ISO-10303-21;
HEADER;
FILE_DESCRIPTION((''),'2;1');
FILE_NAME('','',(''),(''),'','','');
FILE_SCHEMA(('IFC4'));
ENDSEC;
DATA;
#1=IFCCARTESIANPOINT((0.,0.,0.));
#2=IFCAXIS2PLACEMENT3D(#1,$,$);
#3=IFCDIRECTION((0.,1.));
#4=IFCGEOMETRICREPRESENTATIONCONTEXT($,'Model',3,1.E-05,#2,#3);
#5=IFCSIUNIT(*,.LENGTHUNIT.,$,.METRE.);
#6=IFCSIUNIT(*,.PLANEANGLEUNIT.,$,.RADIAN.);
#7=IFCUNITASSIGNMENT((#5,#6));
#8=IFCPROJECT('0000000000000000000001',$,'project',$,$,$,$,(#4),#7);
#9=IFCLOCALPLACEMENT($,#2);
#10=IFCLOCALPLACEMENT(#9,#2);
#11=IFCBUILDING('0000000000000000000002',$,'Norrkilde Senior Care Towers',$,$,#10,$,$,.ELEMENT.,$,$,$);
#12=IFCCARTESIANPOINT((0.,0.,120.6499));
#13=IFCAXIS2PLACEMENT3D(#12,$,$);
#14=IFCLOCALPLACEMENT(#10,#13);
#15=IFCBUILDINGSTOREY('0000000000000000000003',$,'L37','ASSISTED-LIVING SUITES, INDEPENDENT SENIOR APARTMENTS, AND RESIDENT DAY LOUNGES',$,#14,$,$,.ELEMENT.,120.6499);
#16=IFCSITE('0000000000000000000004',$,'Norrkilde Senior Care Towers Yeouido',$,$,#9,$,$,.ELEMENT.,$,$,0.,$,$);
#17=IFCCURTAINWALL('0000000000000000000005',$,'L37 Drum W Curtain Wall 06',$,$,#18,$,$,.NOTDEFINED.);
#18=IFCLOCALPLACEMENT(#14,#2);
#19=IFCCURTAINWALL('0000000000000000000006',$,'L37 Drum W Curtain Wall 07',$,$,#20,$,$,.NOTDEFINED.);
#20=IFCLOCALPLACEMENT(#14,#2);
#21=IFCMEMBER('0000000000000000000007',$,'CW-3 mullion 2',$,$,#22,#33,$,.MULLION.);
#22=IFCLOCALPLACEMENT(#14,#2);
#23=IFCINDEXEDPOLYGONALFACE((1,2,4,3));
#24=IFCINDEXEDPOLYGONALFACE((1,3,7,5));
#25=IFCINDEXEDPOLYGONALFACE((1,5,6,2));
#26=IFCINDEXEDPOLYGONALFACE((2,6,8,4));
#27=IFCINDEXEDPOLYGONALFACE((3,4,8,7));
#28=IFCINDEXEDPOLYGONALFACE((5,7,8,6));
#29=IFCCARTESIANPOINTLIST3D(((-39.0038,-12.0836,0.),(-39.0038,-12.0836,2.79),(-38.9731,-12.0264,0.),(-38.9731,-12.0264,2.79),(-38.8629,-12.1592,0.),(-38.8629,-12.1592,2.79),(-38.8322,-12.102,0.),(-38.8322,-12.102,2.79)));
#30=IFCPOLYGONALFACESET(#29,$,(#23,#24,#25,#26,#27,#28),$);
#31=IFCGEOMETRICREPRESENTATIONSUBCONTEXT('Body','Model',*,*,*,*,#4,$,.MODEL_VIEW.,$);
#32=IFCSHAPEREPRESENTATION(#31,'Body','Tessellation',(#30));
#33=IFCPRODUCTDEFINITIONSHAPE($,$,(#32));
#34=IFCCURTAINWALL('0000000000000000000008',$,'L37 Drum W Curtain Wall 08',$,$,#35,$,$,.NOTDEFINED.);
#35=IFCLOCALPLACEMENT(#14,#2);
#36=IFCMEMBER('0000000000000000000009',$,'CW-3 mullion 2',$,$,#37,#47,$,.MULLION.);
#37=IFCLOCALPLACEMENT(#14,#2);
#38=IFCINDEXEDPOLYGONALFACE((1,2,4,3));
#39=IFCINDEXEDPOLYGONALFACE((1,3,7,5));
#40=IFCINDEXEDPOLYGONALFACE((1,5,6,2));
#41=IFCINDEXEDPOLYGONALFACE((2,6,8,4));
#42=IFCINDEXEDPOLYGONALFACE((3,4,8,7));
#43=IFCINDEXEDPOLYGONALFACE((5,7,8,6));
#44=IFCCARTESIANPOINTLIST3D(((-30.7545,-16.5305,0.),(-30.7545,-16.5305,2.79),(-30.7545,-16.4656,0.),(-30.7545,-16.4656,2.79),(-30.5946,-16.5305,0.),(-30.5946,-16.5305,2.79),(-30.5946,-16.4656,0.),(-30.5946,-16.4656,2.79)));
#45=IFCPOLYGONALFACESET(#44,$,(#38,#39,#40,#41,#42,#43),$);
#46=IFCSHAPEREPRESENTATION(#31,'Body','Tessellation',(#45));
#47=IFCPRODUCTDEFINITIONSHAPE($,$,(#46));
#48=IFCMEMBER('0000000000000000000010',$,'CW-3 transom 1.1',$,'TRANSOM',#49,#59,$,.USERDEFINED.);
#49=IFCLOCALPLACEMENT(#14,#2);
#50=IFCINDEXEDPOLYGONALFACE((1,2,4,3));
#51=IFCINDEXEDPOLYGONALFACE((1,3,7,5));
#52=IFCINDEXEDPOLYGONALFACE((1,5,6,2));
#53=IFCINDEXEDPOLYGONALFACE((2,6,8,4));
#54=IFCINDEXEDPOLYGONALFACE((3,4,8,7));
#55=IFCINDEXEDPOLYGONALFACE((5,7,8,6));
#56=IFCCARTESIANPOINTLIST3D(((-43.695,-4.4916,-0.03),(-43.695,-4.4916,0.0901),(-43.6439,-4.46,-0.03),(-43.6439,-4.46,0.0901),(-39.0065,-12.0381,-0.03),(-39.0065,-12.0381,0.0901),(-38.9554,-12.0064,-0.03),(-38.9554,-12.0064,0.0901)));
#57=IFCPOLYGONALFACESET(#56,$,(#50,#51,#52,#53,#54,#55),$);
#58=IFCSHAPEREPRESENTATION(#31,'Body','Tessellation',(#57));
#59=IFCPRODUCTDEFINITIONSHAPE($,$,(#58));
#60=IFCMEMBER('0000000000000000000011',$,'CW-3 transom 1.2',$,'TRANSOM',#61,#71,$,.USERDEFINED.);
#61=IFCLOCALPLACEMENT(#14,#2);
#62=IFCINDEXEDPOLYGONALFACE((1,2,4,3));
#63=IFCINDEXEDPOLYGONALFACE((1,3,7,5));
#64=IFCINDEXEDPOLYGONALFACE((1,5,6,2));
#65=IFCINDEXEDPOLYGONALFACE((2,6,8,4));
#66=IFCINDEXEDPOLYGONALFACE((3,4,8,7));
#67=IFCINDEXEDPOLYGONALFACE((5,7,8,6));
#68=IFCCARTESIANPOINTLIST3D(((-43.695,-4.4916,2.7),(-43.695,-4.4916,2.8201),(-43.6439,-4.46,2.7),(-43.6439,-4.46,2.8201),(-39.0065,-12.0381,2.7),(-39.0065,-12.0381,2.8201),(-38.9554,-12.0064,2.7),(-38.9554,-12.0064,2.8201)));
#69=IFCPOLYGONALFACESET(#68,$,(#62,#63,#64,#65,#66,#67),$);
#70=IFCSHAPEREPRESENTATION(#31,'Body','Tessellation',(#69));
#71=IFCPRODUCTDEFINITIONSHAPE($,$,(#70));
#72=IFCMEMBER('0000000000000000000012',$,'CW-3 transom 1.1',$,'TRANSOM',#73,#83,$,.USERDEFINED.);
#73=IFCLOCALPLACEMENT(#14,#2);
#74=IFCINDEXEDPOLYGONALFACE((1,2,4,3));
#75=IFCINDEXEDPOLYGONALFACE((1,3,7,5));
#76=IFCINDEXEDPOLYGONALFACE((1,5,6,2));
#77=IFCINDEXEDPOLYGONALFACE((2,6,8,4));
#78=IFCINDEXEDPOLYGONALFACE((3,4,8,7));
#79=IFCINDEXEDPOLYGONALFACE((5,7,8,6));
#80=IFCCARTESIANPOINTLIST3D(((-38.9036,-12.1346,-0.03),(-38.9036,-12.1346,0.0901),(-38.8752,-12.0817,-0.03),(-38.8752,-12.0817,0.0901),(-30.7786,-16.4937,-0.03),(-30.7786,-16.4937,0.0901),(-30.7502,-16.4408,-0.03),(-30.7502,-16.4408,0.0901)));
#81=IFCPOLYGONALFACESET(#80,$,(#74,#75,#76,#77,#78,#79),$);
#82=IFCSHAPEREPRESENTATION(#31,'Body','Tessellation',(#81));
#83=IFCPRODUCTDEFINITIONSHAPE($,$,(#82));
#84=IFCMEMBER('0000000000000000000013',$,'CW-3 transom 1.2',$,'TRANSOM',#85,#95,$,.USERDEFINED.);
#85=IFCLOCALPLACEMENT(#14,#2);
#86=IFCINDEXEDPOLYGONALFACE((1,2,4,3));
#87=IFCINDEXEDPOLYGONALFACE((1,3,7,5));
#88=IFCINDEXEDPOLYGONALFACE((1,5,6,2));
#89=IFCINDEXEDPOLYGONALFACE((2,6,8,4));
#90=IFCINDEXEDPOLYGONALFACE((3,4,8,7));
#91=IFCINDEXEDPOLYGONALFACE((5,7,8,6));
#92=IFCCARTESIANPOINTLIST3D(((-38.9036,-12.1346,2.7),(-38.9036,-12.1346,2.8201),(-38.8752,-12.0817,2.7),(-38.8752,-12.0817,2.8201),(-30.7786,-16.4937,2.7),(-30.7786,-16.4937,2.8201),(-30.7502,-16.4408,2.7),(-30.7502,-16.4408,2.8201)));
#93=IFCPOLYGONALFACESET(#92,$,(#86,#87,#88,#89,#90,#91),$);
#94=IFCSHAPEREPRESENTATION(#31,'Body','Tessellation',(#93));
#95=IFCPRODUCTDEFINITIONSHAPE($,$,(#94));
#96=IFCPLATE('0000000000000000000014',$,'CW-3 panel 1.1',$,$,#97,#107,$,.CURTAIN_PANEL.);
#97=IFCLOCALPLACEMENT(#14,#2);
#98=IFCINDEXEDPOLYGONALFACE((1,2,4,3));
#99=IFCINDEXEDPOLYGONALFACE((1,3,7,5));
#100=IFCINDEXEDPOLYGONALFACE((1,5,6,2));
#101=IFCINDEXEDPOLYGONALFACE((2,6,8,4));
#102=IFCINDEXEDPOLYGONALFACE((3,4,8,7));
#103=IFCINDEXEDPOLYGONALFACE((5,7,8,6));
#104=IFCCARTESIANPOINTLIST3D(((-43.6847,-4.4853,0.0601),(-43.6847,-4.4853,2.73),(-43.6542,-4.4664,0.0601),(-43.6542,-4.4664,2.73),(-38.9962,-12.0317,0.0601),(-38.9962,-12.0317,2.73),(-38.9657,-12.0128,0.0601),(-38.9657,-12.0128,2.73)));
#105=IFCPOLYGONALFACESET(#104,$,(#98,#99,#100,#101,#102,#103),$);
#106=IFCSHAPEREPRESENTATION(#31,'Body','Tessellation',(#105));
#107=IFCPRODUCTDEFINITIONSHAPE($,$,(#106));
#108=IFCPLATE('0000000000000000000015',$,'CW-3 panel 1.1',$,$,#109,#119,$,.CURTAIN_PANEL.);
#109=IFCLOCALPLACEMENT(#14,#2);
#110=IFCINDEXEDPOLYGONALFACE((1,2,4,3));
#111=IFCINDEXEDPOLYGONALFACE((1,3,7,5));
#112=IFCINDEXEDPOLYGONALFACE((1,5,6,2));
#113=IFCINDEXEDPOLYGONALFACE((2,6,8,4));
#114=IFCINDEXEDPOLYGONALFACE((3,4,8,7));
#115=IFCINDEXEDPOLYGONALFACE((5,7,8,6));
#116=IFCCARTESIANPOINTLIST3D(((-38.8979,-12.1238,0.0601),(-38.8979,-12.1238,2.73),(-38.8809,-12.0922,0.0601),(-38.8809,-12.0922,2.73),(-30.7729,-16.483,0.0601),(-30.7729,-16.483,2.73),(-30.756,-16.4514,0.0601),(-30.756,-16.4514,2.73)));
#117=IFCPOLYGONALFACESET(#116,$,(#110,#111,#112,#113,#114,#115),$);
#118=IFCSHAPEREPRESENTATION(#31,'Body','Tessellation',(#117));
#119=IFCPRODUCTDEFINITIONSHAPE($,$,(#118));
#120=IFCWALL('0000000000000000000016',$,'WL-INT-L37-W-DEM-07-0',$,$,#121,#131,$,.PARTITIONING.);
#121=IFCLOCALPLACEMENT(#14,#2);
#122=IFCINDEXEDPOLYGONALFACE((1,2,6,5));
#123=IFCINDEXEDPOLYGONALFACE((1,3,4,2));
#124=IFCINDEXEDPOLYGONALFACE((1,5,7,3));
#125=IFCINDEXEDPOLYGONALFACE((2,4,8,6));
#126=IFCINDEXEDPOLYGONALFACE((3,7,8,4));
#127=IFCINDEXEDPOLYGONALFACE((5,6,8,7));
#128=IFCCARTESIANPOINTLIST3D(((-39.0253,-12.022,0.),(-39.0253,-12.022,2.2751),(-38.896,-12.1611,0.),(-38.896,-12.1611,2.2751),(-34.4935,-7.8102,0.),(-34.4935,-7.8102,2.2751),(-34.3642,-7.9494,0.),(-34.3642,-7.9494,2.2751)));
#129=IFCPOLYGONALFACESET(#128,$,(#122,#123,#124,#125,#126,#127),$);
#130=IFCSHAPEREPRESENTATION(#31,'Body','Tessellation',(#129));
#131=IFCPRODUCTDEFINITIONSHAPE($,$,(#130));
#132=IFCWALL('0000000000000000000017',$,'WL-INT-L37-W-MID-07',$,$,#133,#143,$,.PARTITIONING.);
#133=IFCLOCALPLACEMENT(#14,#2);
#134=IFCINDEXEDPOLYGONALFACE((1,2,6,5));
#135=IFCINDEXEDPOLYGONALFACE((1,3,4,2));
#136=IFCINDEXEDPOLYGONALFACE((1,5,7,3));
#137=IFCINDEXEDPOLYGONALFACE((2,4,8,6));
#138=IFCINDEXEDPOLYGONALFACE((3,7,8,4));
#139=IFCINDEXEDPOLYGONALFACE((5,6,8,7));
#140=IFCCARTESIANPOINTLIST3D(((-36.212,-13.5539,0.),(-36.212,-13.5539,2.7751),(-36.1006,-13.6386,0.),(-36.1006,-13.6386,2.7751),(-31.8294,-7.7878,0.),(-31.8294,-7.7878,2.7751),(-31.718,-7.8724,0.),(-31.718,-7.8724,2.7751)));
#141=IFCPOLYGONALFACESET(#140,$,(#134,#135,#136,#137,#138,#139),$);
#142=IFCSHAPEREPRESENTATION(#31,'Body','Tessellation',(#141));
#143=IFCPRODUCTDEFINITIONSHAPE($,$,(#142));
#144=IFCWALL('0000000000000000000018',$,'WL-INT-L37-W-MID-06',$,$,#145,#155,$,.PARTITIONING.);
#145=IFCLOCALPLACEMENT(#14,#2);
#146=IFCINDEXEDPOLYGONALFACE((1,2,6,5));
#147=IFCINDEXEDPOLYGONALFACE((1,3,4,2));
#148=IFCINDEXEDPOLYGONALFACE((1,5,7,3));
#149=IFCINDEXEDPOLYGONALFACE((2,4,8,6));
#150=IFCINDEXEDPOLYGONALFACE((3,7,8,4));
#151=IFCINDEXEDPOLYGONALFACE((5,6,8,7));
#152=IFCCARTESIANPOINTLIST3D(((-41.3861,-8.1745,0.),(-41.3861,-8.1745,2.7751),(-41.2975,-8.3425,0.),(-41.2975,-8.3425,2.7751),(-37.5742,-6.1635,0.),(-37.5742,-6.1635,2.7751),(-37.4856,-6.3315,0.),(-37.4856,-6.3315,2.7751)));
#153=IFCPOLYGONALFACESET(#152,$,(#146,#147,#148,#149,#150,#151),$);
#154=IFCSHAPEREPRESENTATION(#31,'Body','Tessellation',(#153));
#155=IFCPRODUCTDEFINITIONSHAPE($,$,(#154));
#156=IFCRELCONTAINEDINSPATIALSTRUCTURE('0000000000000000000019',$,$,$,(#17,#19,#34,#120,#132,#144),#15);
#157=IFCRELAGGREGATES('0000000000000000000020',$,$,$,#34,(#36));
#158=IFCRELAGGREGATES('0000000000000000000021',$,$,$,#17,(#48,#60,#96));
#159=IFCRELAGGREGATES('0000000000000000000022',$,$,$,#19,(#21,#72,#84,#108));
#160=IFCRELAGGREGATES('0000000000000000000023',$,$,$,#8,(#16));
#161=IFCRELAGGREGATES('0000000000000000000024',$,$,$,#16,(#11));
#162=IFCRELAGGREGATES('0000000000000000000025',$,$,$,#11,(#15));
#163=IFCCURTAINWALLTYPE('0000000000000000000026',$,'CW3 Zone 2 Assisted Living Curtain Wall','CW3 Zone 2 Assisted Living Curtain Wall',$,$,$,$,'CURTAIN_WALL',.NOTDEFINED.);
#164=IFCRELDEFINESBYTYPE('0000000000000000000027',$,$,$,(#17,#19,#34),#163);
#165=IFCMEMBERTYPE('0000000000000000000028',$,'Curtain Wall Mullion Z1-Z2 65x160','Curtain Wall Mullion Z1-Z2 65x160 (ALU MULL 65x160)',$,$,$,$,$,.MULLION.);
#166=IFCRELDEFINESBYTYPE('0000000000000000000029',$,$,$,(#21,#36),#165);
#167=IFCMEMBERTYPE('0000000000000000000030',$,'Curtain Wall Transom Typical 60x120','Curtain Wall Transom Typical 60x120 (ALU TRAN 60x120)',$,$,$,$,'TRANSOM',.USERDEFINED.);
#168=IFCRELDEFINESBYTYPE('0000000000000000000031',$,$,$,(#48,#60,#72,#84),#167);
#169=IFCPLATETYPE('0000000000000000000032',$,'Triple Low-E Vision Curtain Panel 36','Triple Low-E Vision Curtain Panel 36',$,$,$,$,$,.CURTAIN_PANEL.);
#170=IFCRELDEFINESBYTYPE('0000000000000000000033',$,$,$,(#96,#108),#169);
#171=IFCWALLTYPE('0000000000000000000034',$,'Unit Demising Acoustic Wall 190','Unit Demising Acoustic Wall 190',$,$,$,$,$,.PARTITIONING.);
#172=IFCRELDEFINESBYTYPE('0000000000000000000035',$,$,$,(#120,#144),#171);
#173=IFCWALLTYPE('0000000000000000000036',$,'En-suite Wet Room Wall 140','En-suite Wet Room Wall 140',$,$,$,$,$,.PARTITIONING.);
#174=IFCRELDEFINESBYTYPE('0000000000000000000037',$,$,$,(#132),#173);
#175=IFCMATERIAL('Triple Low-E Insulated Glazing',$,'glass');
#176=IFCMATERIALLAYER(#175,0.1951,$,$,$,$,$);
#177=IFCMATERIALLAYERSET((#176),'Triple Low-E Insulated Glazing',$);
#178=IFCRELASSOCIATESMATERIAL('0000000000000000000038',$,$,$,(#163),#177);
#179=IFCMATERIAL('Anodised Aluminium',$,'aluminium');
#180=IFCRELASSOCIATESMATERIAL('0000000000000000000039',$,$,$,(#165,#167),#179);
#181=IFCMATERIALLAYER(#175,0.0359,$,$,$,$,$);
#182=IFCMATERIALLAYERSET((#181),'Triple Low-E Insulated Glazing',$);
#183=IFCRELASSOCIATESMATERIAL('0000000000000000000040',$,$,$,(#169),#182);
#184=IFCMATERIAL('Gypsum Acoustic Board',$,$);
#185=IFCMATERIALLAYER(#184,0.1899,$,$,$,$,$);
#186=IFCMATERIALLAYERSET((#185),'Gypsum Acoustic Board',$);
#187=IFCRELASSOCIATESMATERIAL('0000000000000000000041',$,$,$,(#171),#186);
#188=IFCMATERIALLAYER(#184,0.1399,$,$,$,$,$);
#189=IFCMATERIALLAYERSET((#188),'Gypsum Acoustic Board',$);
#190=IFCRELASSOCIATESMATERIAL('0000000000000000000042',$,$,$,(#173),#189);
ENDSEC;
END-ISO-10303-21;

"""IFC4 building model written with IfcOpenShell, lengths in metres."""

from ifc_helpers import new_model, si_unit, direction, frame, frame_2d, origin, origin_2d, place, context, subcontext, project, spatial, rectangle, extrude, source, transform, mapped, material, layer, layer_set, material_profile, profile_set, type_object, type_shapes, element, aggregate, save


model = new_model("IFC4")

# Units and contexts
model_context = context("Model", 3, precision=1e-05, world=origin(), true_north=direction((0.0, 1.0)))
body_context = subcontext(model_context, "Body", "Model", "MODEL_VIEW")
ifc_project = project(units=[si_unit("LENGTHUNIT", "METRE"), si_unit("PLANEANGLEUNIT", "RADIAN")], contexts=[model_context])

# Site, building, storey
site_placement = place(None, origin())
site = spatial("IfcSite", under=ifc_project, at=site_placement, Name="Norrkilde Senior Care Towers Yeouido", CompositionType="ELEMENT", RefElevation=0.0)
building_placement = place(site_placement, origin())
building = spatial("IfcBuilding", under=site, at=building_placement, Name="Norrkilde Senior Care Towers", CompositionType="ELEMENT")
storey_placement = place(building_placement, frame((0.0, 0.0, 120.6499)))
storey = spatial("IfcBuildingStorey", under=building, at=storey_placement, Name="L37", Description="ASSISTED-LIVING SUITES, INDEPENDENT SENIOR APARTMENTS, AND RESIDENT DAY LOUNGES", CompositionType="ELEMENT", Elevation=120.6499)

# Curtain wall
ifc_material_1 = material(Name="Triple Low-E Insulated Glazing", Category="glass")
ifc_layer_1 = layer(ifc_material_1, 0.1951)
ifc_layer_set_1 = layer_set([ifc_layer_1], Name="Triple Low-E Insulated Glazing")
curtain_wall_type = type_object("IfcCurtainWallType", Name="CW3 Zone 2 Assisted Living Curtain Wall", Description="CW3 Zone 2 Assisted Living Curtain Wall", ElementType="CURTAIN_WALL", PredefinedType="NOTDEFINED", material=ifc_layer_set_1)
curtain_wall_1_placement = place(storey_placement, origin())
curtain_wall_1 = element("IfcCurtainWall", 1, at=curtain_wall_1_placement, inside=storey, type_object=curtain_wall_type, Name="L37 Drum W Curtain Wall 06", PredefinedType="NOTDEFINED")
ifc_material_2 = material(Name="Anodised Aluminium", Category="aluminium")
ifc_material_profile_1 = material_profile(ifc_material_2, rectangle(XDim=0.0649, YDim=0.1599, at=origin_2d()), Name="ALU MULL 65x160")
ifc_profile_set_1 = profile_set([ifc_material_profile_1], Name="Anodised Aluminium")
member_type_1 = type_object("IfcMemberType", Name="Curtain Wall Mullion Z1-Z2 65x160", Description="Curtain Wall Mullion Z1-Z2 65x160 (ALU MULL 65x160)", PredefinedType="MULLION", material=ifc_profile_set_1)
shared_shape_1 = source(origin(), body_context, "Body", "SweptSolid", [
    extrude(rectangle(XDim=0.0649, YDim=0.1599, at=origin_2d()), origin(), (0.0, 0.0, 1.0), 2.79),
])
type_shapes(member_type_1, [shared_shape_1])

# Curtain wall, member
curtain_wall_2_placement = place(storey_placement, origin())
curtain_wall_2 = element("IfcCurtainWall", 2, at=curtain_wall_2_placement, inside=storey, type_object=curtain_wall_type, Name="L37 Drum W Curtain Wall 07", PredefinedType="NOTDEFINED")
member_1_placement = place(storey_placement, frame((-38.918, -12.0928, 0.0), z_axis=(0.0, 0.0, 1.0), x_axis=(-0.472769, -0.881186, 0.0)))
member_1 = element("IfcMember", 3, at=member_1_placement, type_object=member_type_1, Name="CW-3 mullion 2", PredefinedType="MULLION", context=body_context, shape_type="MappedRepresentation", body=[
    mapped(shared_shape_1, transform((0.0, 0.0, 0.0), x_axis=(1.0, 0.0, 0.0), y_axis=(0.0, 1.0, 0.0), z_axis=(0.0, 0.0, 1.0), scale=1.0)),
])

# Curtain wall, member
curtain_wall_3_placement = place(storey_placement, origin())
curtain_wall_3 = element("IfcCurtainWall", 4, at=curtain_wall_3_placement, inside=storey, type_object=curtain_wall_type, Name="L37 Drum W Curtain Wall 08", PredefinedType="NOTDEFINED")
member_2_placement = place(storey_placement, frame((-30.6746, -16.498, 0.0), z_axis=(0.0, 0.0, 1.0), x_axis=(0.0, -1.0, 0.0)))
member_2 = element("IfcMember", 5, at=member_2_placement, type_object=member_type_1, Name="CW-3 mullion 2", PredefinedType="MULLION", context=body_context, shape_type="MappedRepresentation", body=[
    mapped(shared_shape_1, transform((0.0, 0.0, 0.0), x_axis=(1.0, 0.0, 0.0), y_axis=(0.0, 1.0, 0.0), z_axis=(0.0, 0.0, 1.0), scale=1.0)),
])
aggregate(curtain_wall_3, [member_2])

# Members
ifc_material_profile_2 = material_profile(ifc_material_2, rectangle(XDim=0.0601, YDim=0.1201, at=origin_2d()), Name="ALU TRAN 60x120")
ifc_profile_set_2 = profile_set([ifc_material_profile_2], Name="Anodised Aluminium")
member_type_2 = type_object("IfcMemberType", Name="Curtain Wall Transom Typical 60x120", Description="Curtain Wall Transom Typical 60x120 (ALU TRAN 60x120)", ElementType="TRANSOM", PredefinedType="USERDEFINED", material=ifc_profile_set_2)
shared_shape_2 = source(origin(), body_context, "Body", "SweptSolid", [
    extrude(rectangle(XDim=0.0601, YDim=0.1201, at=origin_2d()), origin(), (0.0, 0.0, 1.0), 8.8843),
])
member_3_placement = place(storey_placement, frame((-38.981, -12.0222, 0.03), z_axis=(-0.527729, 0.849413, 0.0), x_axis=(-0.849413, -0.527729, 0.0)))
member_3 = element("IfcMember", 6, at=member_3_placement, type_object=member_type_2, Name="CW-3 transom 1.1", ObjectType="TRANSOM", PredefinedType="USERDEFINED", context=body_context, shape_type="MappedRepresentation", body=[
    mapped(shared_shape_2, transform((0.0, 0.0, 0.0), x_axis=(1.0, 0.0, 0.0), y_axis=(0.0, 1.0, 0.0), z_axis=(0.0, 0.0, 1.0), scale=1.0)),
])
member_4_placement = place(storey_placement, frame((-38.981, -12.0222, 2.76), z_axis=(-0.527729, 0.849413, 0.0), x_axis=(-0.849413, -0.527729, 0.0)))
member_4 = element("IfcMember", 7, at=member_4_placement, type_object=member_type_2, Name="CW-3 transom 1.2", ObjectType="TRANSOM", PredefinedType="USERDEFINED", context=body_context, shape_type="MappedRepresentation", body=[
    mapped(shared_shape_2, transform((0.0, 0.0, 0.0), x_axis=(1.0, 0.0, 0.0), y_axis=(0.0, 1.0, 0.0), z_axis=(0.0, 0.0, 1.0), scale=1.0)),
])
shared_shape_3 = source(origin(), body_context, "Body", "SweptSolid", [
    extrude(rectangle(XDim=0.0601, YDim=0.1201, at=origin_2d()), origin(), (0.0, 0.0, 1.0), 9.2205),
])
type_shapes(member_type_2, [shared_shape_2, shared_shape_3])
member_5_placement = place(storey_placement, frame((-30.7644, -16.4673, 0.03), z_axis=(-0.881189, 0.472765, 0.0), x_axis=(-0.472765, -0.881189, 0.0)))
member_5 = element("IfcMember", 8, at=member_5_placement, type_object=member_type_2, Name="CW-3 transom 1.1", ObjectType="TRANSOM", PredefinedType="USERDEFINED", context=body_context, shape_type="MappedRepresentation", body=[
    mapped(shared_shape_3, transform((0.0, 0.0, 0.0), x_axis=(1.0, 0.0, 0.0), y_axis=(0.0, 1.0, 0.0), z_axis=(0.0, 0.0, 1.0), scale=1.0)),
])
member_6_placement = place(storey_placement, frame((-30.7644, -16.4673, 2.76), z_axis=(-0.881189, 0.472765, 0.0), x_axis=(-0.472765, -0.881189, 0.0)))
member_6 = element("IfcMember", 9, at=member_6_placement, type_object=member_type_2, Name="CW-3 transom 1.2", ObjectType="TRANSOM", PredefinedType="USERDEFINED", context=body_context, shape_type="MappedRepresentation", body=[
    mapped(shared_shape_3, transform((0.0, 0.0, 0.0), x_axis=(1.0, 0.0, 0.0), y_axis=(0.0, 1.0, 0.0), z_axis=(0.0, 0.0, 1.0), scale=1.0)),
])

# Plates
ifc_layer_2 = layer(ifc_material_1, 0.0359)
ifc_layer_set_2 = layer_set([ifc_layer_2], Name="Triple Low-E Insulated Glazing")
plate_type = type_object("IfcPlateType", Name="Triple Low-E Vision Curtain Panel 36", Description="Triple Low-E Vision Curtain Panel 36", PredefinedType="CURTAIN_PANEL", material=ifc_layer_set_2)
shared_shape_4 = source(origin(), body_context, "Body", "SweptSolid", [
    extrude(rectangle(XDim=8.8843, YDim=0.0359, at=origin_2d()), origin(), (0.0, 0.0, 1.0), 2.6699),
])
plate_1_placement = place(storey_placement, frame((-41.3252, -8.249, 0.0601), z_axis=(0.0, 0.0, 1.0), x_axis=(-0.527733, 0.84941, 0.0)))
plate_1 = element("IfcPlate", 10, at=plate_1_placement, type_object=plate_type, Name="CW-3 panel 1.1", PredefinedType="CURTAIN_PANEL", context=body_context, shape_type="MappedRepresentation", body=[
    mapped(shared_shape_4, transform((0.0, 0.0, 0.0), x_axis=(1.0, 0.0, 0.0), y_axis=(0.0, 1.0, 0.0), z_axis=(0.0, 0.0, 1.0), scale=1.0)),
])
aggregate(curtain_wall_1, [member_3, member_4, plate_1])
shared_shape_5 = source(origin(), body_context, "Body", "SweptSolid", [
    extrude(rectangle(XDim=9.2205, YDim=0.0359, at=origin_2d()), origin(), (0.0, 0.0, 1.0), 2.6699),
])
type_shapes(plate_type, [shared_shape_4, shared_shape_5])
plate_2_placement = place(storey_placement, frame((-34.8269, -14.2876, 0.0601), z_axis=(0.0, 0.0, 1.0), x_axis=(-0.881186, 0.472769, 0.0)))
plate_2 = element("IfcPlate", 11, at=plate_2_placement, type_object=plate_type, Name="CW-3 panel 1.1", PredefinedType="CURTAIN_PANEL", context=body_context, shape_type="MappedRepresentation", body=[
    mapped(shared_shape_5, transform((0.0, 0.0, 0.0), x_axis=(1.0, 0.0, 0.0), y_axis=(0.0, 1.0, 0.0), z_axis=(0.0, 0.0, 1.0), scale=1.0)),
])
aggregate(curtain_wall_2, [member_1, member_5, member_6, plate_2])

# Shared definitions
ifc_material_3 = material(Name="Gypsum Acoustic Board")

# Walls
ifc_layer_3 = layer(ifc_material_3, 0.1899)
ifc_layer_set_3 = layer_set([ifc_layer_3], Name="Gypsum Acoustic Board")
wall_type_1 = type_object("IfcWallType", Name="Unit Demising Acoustic Wall 190", Description="Unit Demising Acoustic Wall 190", PredefinedType="PARTITIONING", material=ifc_layer_set_3)
shared_shape_6 = source(origin(), body_context, "Body", "SweptSolid", [
    extrude(rectangle(XDim=6.1868, YDim=0.1899, at=frame_2d((3.0933, 0.0))), origin(), (0.0, 0.0, 1.0), 2.2751),
])
wall_1_placement = place(storey_placement, frame((-34.429, -7.8799, 0.0), z_axis=(0.0, 0.0, 1.0), x_axis=(-0.732501, -0.680766, 0.0)))
element("IfcWall", 12, at=wall_1_placement, inside=storey, type_object=wall_type_1, Name="WL-INT-L37-W-DEM-07-0", PredefinedType="PARTITIONING", context=body_context, shape_type="MappedRepresentation", body=[
    mapped(shared_shape_6, transform((0.0, 0.0, 0.0), x_axis=(1.0, 0.0, 0.0), y_axis=(0.0, 1.0, 0.0), z_axis=(0.0, 0.0, 1.0), scale=1.0)),
])
ifc_layer_4 = layer(ifc_material_3, 0.1399)
ifc_layer_set_4 = layer_set([ifc_layer_4], Name="Gypsum Acoustic Board")
wall_type_2 = type_object("IfcWallType", Name="En-suite Wet Room Wall 140", Description="En-suite Wet Room Wall 140", PredefinedType="PARTITIONING", material=ifc_layer_set_4)
shared_shape_7 = source(origin(), body_context, "Body", "SweptSolid", [
    extrude(rectangle(XDim=7.2427, YDim=0.1399, at=frame_2d((3.6213, 0.0))), origin(), (0.0, 0.0, 1.0), 2.7751),
])
type_shapes(wall_type_2, [shared_shape_7])
wall_2_placement = place(storey_placement, frame((-31.7737, -7.8301, 0.0), z_axis=(0.0, 0.0, 1.0), x_axis=(-0.605111, -0.796141, 0.0)))
element("IfcWall", 13, at=wall_2_placement, inside=storey, type_object=wall_type_2, Name="WL-INT-L37-W-MID-07", PredefinedType="PARTITIONING", context=body_context, shape_type="MappedRepresentation", body=[
    mapped(shared_shape_7, transform((0.0, 0.0, 0.0), x_axis=(1.0, 0.0, 0.0), y_axis=(0.0, 1.0, 0.0), z_axis=(0.0, 0.0, 1.0), scale=1.0)),
])
shared_shape_8 = source(origin(), body_context, "Body", "SweptSolid", [
    extrude(rectangle(XDim=4.3098, YDim=0.1899, at=frame_2d((2.1548, 0.0))), origin(), (0.0, 0.0, 1.0), 2.7751),
])
type_shapes(wall_type_1, [shared_shape_6, shared_shape_8])
wall_3_placement = place(storey_placement, frame((-37.53, -6.2476, 0.0), z_axis=(0.0, 0.0, 1.0), x_axis=(-0.884459, -0.466617, 0.0)))
element("IfcWall", 14, at=wall_3_placement, inside=storey, type_object=wall_type_1, Name="WL-INT-L37-W-MID-06", PredefinedType="PARTITIONING", context=body_context, shape_type="MappedRepresentation", body=[
    mapped(shared_shape_8, transform((0.0, 0.0, 0.0), x_axis=(1.0, 0.0, 0.0), y_axis=(0.0, 1.0, 0.0), z_axis=(0.0, 0.0, 1.0), scale=1.0)),
])

save(model, "model.ifc")
